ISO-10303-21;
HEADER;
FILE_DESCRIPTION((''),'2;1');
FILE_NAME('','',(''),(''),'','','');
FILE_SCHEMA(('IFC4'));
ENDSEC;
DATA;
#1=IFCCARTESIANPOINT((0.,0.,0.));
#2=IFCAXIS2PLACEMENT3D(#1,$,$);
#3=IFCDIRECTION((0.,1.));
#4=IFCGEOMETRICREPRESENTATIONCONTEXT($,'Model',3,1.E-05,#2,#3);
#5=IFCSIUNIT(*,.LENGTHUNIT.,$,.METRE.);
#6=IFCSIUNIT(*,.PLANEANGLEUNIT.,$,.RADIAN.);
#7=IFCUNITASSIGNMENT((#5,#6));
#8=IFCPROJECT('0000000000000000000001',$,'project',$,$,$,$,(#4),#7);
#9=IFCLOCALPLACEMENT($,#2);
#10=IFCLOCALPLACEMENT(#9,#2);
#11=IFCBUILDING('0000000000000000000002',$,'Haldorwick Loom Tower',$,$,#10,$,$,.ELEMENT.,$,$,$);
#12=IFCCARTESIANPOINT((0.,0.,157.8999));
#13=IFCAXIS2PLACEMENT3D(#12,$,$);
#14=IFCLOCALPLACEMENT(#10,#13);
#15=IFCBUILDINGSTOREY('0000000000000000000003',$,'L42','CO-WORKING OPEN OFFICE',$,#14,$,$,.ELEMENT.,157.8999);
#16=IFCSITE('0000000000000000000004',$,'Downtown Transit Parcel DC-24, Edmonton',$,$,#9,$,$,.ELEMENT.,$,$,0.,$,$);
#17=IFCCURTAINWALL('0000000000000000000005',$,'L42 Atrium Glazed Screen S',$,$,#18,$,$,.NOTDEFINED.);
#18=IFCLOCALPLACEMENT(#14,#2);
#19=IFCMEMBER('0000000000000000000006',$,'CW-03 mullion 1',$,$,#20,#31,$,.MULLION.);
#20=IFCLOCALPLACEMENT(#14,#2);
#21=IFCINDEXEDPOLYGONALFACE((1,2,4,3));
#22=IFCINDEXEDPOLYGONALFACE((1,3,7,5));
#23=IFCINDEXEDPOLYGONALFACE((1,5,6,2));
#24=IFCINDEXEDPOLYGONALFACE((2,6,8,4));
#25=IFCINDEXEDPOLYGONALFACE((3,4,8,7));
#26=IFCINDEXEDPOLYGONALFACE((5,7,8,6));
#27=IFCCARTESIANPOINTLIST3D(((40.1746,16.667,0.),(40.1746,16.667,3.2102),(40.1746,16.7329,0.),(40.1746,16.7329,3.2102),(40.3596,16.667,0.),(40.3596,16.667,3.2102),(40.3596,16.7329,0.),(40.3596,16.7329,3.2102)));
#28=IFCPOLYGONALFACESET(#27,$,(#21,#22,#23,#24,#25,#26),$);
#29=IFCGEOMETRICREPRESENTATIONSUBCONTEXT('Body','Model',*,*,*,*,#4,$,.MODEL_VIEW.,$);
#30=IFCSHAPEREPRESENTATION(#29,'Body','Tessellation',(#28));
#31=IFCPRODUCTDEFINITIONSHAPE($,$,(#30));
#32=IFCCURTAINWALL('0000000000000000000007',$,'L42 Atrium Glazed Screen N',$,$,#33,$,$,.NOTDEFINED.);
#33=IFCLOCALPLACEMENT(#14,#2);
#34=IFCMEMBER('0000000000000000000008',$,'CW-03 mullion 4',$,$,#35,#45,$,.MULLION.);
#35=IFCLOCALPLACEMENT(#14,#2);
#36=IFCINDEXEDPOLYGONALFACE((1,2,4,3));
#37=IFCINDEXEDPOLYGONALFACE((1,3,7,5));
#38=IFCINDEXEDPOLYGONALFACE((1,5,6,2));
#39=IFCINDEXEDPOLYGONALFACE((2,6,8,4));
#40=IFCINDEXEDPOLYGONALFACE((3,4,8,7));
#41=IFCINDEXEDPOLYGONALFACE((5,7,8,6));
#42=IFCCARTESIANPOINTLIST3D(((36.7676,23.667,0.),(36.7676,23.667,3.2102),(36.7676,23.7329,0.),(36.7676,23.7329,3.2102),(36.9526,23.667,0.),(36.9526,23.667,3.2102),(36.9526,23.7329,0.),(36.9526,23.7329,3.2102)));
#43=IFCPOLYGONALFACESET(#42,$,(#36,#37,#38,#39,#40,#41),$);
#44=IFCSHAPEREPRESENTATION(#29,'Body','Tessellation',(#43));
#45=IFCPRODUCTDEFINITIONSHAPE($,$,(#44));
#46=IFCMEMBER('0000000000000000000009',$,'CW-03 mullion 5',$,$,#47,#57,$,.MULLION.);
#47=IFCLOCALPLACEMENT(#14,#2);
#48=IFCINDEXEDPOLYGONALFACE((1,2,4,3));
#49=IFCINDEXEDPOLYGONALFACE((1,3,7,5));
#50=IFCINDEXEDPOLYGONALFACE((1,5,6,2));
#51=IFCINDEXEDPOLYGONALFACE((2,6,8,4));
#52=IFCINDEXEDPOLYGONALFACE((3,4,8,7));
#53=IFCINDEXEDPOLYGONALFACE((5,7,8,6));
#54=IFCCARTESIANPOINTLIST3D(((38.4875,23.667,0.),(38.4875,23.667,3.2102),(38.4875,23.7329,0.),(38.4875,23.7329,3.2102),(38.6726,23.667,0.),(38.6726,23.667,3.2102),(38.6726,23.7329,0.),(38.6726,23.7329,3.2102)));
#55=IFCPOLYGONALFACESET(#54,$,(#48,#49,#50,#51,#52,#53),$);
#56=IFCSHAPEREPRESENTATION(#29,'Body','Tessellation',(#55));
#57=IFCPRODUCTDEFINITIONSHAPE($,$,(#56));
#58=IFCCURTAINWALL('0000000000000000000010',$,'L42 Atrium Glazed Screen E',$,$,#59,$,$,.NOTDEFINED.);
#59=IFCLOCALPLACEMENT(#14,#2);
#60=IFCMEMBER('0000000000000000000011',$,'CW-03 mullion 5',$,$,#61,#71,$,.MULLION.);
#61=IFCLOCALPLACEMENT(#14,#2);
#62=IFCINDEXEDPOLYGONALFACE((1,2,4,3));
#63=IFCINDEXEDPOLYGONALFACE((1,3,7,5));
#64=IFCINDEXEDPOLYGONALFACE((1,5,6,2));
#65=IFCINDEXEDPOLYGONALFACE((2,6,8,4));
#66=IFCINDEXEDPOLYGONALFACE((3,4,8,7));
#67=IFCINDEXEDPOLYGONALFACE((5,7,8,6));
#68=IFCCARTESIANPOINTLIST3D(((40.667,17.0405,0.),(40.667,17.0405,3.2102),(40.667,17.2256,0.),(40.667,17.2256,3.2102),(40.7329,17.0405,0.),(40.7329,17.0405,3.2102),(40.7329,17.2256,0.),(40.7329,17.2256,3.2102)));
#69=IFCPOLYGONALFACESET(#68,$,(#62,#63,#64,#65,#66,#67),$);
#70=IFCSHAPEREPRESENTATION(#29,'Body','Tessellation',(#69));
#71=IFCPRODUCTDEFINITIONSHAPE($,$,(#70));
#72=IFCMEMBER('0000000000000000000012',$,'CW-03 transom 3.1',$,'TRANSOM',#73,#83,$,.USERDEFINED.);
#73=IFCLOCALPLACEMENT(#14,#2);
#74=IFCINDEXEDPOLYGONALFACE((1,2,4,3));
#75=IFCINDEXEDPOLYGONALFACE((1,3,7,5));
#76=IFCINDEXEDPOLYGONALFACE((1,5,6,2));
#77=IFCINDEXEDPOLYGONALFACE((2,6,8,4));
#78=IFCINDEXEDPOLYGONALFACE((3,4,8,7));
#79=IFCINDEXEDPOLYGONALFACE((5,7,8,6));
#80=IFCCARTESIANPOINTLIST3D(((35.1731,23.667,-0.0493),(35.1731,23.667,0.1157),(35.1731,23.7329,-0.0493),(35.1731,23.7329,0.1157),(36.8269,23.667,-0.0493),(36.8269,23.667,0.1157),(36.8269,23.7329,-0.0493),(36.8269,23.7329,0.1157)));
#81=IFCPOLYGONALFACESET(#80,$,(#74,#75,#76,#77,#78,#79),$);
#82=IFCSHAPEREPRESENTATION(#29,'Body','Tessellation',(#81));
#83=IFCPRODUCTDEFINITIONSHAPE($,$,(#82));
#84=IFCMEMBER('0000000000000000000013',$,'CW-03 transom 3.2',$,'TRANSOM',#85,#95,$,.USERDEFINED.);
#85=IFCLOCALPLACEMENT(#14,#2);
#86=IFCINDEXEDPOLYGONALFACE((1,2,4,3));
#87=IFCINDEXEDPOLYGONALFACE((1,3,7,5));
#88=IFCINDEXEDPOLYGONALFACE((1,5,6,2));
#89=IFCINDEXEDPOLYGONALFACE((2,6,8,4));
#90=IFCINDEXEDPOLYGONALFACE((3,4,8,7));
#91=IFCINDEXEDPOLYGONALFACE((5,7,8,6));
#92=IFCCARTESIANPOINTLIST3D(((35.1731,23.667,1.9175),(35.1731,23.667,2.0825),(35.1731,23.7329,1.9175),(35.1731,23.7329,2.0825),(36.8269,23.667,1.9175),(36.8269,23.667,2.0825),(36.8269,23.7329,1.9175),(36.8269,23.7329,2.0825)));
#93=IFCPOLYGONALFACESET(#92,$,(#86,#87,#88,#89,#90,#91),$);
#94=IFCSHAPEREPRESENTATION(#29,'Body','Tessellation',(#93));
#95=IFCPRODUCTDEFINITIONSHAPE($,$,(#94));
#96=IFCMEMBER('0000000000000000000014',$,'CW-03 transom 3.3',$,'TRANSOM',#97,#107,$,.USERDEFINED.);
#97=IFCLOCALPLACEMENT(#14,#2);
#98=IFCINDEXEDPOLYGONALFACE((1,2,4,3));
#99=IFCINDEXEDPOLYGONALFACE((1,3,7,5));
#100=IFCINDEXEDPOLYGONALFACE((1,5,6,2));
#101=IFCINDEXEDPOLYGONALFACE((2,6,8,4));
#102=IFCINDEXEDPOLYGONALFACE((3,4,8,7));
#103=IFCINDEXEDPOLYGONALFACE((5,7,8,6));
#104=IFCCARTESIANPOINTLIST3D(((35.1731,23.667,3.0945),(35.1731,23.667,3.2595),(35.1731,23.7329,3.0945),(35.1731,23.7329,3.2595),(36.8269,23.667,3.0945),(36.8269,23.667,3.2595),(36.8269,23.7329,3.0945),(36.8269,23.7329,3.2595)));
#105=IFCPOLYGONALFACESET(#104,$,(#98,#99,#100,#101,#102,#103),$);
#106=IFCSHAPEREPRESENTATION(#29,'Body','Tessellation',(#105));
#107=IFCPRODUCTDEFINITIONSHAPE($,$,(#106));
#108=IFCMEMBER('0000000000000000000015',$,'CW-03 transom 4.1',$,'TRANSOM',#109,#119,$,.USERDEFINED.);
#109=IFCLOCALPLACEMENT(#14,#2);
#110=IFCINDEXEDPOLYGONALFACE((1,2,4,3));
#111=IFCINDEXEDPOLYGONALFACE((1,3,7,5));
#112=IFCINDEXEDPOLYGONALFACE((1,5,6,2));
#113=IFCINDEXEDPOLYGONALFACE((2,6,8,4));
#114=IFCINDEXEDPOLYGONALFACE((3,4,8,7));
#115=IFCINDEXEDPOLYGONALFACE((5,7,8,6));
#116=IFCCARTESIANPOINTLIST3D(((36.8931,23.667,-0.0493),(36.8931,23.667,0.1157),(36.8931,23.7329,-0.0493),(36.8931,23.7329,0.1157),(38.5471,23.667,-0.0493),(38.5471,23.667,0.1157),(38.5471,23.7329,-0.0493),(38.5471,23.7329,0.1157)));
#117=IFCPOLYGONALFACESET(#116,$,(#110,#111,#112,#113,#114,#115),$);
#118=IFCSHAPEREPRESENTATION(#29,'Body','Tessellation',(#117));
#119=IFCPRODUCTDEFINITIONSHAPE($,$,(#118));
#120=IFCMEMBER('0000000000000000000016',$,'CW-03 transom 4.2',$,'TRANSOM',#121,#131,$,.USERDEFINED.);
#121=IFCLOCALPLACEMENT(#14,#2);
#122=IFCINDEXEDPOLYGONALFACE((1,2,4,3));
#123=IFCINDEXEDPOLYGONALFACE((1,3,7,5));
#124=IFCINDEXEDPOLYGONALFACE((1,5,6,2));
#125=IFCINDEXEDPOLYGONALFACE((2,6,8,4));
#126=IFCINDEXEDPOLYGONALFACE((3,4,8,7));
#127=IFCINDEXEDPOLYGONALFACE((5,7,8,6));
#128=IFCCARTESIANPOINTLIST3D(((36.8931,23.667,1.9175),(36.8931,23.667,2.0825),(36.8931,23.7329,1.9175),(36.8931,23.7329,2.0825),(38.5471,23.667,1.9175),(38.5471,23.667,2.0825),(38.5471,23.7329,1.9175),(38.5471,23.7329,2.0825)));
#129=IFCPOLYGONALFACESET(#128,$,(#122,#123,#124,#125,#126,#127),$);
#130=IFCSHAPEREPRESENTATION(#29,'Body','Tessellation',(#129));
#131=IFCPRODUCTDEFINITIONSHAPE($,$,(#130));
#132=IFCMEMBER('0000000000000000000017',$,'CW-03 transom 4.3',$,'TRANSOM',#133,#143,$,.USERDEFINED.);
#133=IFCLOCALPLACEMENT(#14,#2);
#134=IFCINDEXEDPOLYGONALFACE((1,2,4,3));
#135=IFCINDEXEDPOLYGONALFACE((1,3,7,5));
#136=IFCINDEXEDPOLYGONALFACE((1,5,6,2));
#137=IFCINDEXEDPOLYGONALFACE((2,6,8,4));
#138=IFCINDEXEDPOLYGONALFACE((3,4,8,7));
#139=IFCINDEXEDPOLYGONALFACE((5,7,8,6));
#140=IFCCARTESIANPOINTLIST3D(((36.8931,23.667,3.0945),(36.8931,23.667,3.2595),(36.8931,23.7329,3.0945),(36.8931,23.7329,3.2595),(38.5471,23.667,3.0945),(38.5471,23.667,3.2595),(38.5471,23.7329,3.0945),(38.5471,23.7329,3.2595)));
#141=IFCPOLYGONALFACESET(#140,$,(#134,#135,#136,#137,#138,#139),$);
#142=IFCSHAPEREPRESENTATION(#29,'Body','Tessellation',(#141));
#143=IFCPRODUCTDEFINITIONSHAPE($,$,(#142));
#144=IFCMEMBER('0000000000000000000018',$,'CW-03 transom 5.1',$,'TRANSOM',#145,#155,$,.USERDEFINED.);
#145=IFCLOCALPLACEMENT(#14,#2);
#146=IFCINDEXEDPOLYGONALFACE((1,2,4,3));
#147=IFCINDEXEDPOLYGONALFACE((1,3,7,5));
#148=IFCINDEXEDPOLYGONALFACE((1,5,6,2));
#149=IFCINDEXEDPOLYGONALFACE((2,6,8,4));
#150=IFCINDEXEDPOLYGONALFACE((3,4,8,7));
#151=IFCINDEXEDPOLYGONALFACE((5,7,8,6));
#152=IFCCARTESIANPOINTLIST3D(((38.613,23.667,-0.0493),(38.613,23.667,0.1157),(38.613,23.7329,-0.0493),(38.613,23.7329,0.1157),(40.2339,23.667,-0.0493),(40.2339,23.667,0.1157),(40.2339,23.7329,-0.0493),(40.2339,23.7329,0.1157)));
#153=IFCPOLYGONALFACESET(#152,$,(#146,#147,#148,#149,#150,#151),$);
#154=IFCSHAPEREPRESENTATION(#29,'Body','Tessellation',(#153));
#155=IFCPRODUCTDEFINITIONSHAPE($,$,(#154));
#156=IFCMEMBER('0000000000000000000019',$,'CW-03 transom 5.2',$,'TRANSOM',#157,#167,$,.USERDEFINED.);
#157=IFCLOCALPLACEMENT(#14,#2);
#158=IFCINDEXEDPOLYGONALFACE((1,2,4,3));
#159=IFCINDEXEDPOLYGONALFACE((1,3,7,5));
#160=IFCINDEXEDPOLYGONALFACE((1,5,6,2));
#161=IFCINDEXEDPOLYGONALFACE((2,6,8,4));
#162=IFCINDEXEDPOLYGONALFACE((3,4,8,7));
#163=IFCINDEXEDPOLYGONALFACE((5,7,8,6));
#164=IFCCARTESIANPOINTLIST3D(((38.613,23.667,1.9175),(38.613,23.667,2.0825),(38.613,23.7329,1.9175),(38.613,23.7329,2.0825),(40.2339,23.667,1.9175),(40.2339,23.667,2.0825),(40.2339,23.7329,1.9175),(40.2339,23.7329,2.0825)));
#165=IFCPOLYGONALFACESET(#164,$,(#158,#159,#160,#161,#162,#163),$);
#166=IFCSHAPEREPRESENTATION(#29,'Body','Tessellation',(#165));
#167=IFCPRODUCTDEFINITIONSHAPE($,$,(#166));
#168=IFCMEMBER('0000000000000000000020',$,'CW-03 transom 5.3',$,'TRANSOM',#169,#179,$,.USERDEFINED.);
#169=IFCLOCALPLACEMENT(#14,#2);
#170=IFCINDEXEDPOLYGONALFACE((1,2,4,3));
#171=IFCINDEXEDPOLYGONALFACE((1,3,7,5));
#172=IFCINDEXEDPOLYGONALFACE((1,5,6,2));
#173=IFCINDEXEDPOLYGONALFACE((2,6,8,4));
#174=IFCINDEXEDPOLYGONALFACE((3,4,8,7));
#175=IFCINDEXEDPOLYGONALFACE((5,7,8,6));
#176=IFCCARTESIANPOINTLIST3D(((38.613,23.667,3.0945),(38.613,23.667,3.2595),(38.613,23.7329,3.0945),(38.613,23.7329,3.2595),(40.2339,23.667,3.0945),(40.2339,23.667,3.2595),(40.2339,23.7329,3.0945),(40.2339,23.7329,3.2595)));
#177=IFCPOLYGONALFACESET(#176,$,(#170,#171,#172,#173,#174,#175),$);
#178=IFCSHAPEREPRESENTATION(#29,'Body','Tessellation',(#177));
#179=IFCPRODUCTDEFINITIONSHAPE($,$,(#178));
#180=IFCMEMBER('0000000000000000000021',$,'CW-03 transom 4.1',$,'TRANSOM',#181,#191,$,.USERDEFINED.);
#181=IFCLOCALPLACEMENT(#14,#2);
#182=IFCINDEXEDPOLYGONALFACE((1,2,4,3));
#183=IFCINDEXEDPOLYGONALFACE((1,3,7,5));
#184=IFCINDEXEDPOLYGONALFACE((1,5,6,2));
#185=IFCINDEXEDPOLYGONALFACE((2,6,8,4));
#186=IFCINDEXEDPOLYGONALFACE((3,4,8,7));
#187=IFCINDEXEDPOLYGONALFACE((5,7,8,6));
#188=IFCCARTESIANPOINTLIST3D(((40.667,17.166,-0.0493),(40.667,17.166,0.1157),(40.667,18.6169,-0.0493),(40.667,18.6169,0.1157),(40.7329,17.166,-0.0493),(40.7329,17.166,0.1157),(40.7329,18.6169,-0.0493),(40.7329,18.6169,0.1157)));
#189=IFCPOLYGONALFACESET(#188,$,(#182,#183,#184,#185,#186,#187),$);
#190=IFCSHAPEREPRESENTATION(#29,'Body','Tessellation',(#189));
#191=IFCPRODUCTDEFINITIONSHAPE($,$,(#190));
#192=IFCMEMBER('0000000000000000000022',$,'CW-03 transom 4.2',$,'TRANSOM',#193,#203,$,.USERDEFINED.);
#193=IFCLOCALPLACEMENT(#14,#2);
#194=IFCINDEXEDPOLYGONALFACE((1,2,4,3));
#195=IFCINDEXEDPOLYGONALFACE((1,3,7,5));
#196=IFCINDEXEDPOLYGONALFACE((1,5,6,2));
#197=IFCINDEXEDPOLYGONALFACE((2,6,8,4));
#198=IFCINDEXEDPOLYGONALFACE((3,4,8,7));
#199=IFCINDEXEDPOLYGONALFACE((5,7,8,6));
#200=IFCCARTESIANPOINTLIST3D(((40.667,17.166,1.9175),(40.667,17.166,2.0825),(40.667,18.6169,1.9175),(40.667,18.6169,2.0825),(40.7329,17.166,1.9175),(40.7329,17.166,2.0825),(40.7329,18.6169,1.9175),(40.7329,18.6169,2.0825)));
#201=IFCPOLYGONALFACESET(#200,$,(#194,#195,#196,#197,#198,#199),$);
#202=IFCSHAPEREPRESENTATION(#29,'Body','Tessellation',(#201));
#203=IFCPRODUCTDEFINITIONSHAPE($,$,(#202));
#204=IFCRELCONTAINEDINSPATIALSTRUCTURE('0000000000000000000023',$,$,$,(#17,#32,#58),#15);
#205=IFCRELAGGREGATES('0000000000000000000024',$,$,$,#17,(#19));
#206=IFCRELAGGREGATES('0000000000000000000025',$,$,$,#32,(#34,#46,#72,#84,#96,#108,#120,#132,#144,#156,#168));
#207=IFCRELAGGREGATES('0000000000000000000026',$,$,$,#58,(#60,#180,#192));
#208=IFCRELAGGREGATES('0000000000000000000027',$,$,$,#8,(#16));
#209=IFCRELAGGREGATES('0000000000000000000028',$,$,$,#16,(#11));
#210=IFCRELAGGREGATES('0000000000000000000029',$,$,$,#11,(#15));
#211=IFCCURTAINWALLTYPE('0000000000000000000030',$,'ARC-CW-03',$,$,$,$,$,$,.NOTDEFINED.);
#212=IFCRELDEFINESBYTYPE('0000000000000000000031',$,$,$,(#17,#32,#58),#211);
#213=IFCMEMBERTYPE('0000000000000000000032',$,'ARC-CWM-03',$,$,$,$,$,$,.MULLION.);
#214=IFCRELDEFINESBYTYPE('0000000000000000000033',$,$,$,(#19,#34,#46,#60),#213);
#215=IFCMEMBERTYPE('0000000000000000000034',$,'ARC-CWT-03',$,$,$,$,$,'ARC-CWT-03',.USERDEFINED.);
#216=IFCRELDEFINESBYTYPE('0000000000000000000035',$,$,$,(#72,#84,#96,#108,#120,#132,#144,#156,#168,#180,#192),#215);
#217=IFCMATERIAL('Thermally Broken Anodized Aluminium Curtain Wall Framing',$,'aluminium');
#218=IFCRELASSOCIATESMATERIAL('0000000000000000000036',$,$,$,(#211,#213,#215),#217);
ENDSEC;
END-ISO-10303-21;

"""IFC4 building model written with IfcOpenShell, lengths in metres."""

from ifc_helpers import new_model, si_unit, direction, frame, origin, origin_2d, place, context, subcontext, project, spatial, rectangle, extrude, material, material_profile, profile_set, type_object, element, aggregate, save


model = new_model("IFC4")

# Units and contexts
model_context = context("Model", 3, precision=1e-05, world=origin(), true_north=direction((0.0, 1.0)))
body_context = subcontext(model_context, "Body", "Model", "MODEL_VIEW")
ifc_project = project(units=[si_unit("LENGTHUNIT", "METRE"), si_unit("PLANEANGLEUNIT", "RADIAN")], contexts=[model_context])

# Site, building, storey
site_placement = place(None, origin())
site = spatial("IfcSite", under=ifc_project, at=site_placement, Name="Downtown Transit Parcel DC-24, Edmonton", CompositionType="ELEMENT", RefElevation=0.0)
building_placement = place(site_placement, origin())
building = spatial("IfcBuilding", under=site, at=building_placement, Name="Haldorwick Loom Tower", CompositionType="ELEMENT")
storey_placement = place(building_placement, frame((0.0, 0.0, 157.8999)))
storey = spatial("IfcBuildingStorey", under=building, at=storey_placement, Name="L42", Description="CO-WORKING OPEN OFFICE", CompositionType="ELEMENT", Elevation=157.8999)

# Curtain wall, member
ifc_material_1 = material(Name="Thermally Broken Anodized Aluminium Curtain Wall Framing", Category="aluminium")
curtain_wall_type = type_object("IfcCurtainWallType", Name="ARC-CW-03", PredefinedType="NOTDEFINED", material=ifc_material_1)
curtain_wall_1_placement = place(storey_placement, origin())
curtain_wall_1 = element("IfcCurtainWall", 1, at=curtain_wall_1_placement, inside=storey, type_object=curtain_wall_type, Name="L42 Atrium Glazed Screen S", PredefinedType="NOTDEFINED")
ifc_material_profile_1 = material_profile(ifc_material_1, rectangle(XDim=0.0659, YDim=0.1851, at=origin_2d()), Name="ALU_MUL_66X185", Category="aluminium")
ifc_profile_set_1 = profile_set([ifc_material_profile_1], Name="Thermally Broken Anodized Aluminium Curtain Wall Framing")
member_type_1 = type_object("IfcMemberType", Name="ARC-CWM-03", PredefinedType="MULLION", material=ifc_profile_set_1)
member_1_placement = place(storey_placement, frame((40.2671, 16.7, 0.0), z_axis=(0.0, 0.0, 1.0), x_axis=(0.0, -1.0, 0.0)))
member_1 = element("IfcMember", 2, at=member_1_placement, type_object=member_type_1, Name="CW-03 mullion 1", PredefinedType="MULLION", context=body_context, shape_type="SweptSolid", body=[
    extrude(rectangle(XDim=0.0659, YDim=0.1851, at=origin_2d()), origin(), (0.0, 0.0, 1.0), 3.2102),
])
aggregate(curtain_wall_1, [member_1])

# Curtain wall, members
curtain_wall_2_placement = place(storey_placement, origin())
curtain_wall_2 = element("IfcCurtainWall", 3, at=curtain_wall_2_placement, inside=storey, type_object=curtain_wall_type, Name="L42 Atrium Glazed Screen N", PredefinedType="NOTDEFINED")
member_2_placement = place(storey_placement, frame((36.8601, 23.7, 0.0), z_axis=(0.0, 0.0, 1.0), x_axis=(0.0, 1.0, 0.0)))
member_2 = element("IfcMember", 4, at=member_2_placement, type_object=member_type_1, Name="CW-03 mullion 4", PredefinedType="MULLION", context=body_context, shape_type="SweptSolid", body=[
    extrude(rectangle(XDim=0.0659, YDim=0.1851, at=origin_2d()), origin(), (0.0, 0.0, 1.0), 3.2102),
])
member_3_placement = place(storey_placement, frame((38.5801, 23.7, 0.0), z_axis=(0.0, 0.0, 1.0), x_axis=(0.0, 1.0, 0.0)))
member_3 = element("IfcMember", 5, at=member_3_placement, type_object=member_type_1, Name="CW-03 mullion 5", PredefinedType="MULLION", context=body_context, shape_type="SweptSolid", body=[
    extrude(rectangle(XDim=0.0659, YDim=0.1851, at=origin_2d()), origin(), (0.0, 0.0, 1.0), 3.2102),
])

# Curtain wall, member
curtain_wall_3_placement = place(storey_placement, origin())
curtain_wall_3 = element("IfcCurtainWall", 6, at=curtain_wall_3_placement, inside=storey, type_object=curtain_wall_type, Name="L42 Atrium Glazed Screen E", PredefinedType="NOTDEFINED")
member_4_placement = place(storey_placement, frame((40.7, 17.1331, 0.0), z_axis=(0.0, 0.0, 1.0), x_axis=(1.0, 0.0, 0.0)))
member_4 = element("IfcMember", 7, at=member_4_placement, type_object=member_type_1, Name="CW-03 mullion 5", PredefinedType="MULLION", context=body_context, shape_type="SweptSolid", body=[
    extrude(rectangle(XDim=0.0659, YDim=0.1851, at=origin_2d()), origin(), (0.0, 0.0, 1.0), 3.2102),
])

# Members
ifc_material_profile_2 = material_profile(ifc_material_1, rectangle(XDim=0.0659, YDim=0.165, at=origin_2d()), Name="ALU_TRN_66X165", Category="aluminium")
ifc_profile_set_2 = profile_set([ifc_material_profile_2], Name="Thermally Broken Anodized Aluminium Curtain Wall Framing")
member_type_2 = type_object("IfcMemberType", Name="ARC-CWT-03", ElementType="ARC-CWT-03", PredefinedType="USERDEFINED", material=ifc_profile_set_2)
member_5_placement = place(storey_placement, frame((35.1731, 23.7, 0.0332), z_axis=(1.0, 0.0, 0.0), x_axis=(0.0, 1.0, 0.0)))
member_5 = element("IfcMember", 8, at=member_5_placement, type_object=member_type_2, Name="CW-03 transom 3.1", ObjectType="TRANSOM", PredefinedType="USERDEFINED", context=body_context, shape_type="SweptSolid", body=[
    extrude(rectangle(XDim=0.0659, YDim=0.165, at=origin_2d()), origin(), (0.0, 0.0, 1.0), 1.6538),
])
member_6_placement = place(storey_placement, frame((35.1731, 23.7, 2.0), z_axis=(1.0, 0.0, 0.0), x_axis=(0.0, 1.0, 0.0)))
member_6 = element("IfcMember", 9, at=member_6_placement, type_object=member_type_2, Name="CW-03 transom 3.2", ObjectType="TRANSOM", PredefinedType="USERDEFINED", context=body_context, shape_type="SweptSolid", body=[
    extrude(rectangle(XDim=0.0659, YDim=0.165, at=origin_2d()), origin(), (0.0, 0.0, 1.0), 1.6538),
])
member_7_placement = place(storey_placement, frame((35.1731, 23.7, 3.177), z_axis=(1.0, 0.0, 0.0), x_axis=(0.0, 1.0, 0.0)))
member_7 = element("IfcMember", 10, at=member_7_placement, type_object=member_type_2, Name="CW-03 transom 3.3", ObjectType="TRANSOM", PredefinedType="USERDEFINED", context=body_context, shape_type="SweptSolid", body=[
    extrude(rectangle(XDim=0.0659, YDim=0.165, at=origin_2d()), origin(), (0.0, 0.0, 1.0), 1.6538),
])
member_8_placement = place(storey_placement, frame((36.8931, 23.7, 0.0332), z_axis=(1.0, 0.0, 0.0), x_axis=(0.0, 1.0, 0.0)))
member_8 = element("IfcMember", 11, at=member_8_placement, type_object=member_type_2, Name="CW-03 transom 4.1", ObjectType="TRANSOM", PredefinedType="USERDEFINED", context=body_context, shape_type="SweptSolid", body=[
    extrude(rectangle(XDim=0.0659, YDim=0.165, at=origin_2d()), origin(), (0.0, 0.0, 1.0), 1.6541),
])
member_9_placement = place(storey_placement, frame((36.8931, 23.7, 2.0), z_axis=(1.0, 0.0, 0.0), x_axis=(0.0, 1.0, 0.0)))
member_9 = element("IfcMember", 12, at=member_9_placement, type_object=member_type_2, Name="CW-03 transom 4.2", ObjectType="TRANSOM", PredefinedType="USERDEFINED", context=body_context, shape_type="SweptSolid", body=[
    extrude(rectangle(XDim=0.0659, YDim=0.165, at=origin_2d()), origin(), (0.0, 0.0, 1.0), 1.6541),
])
member_10_placement = place(storey_placement, frame((36.8931, 23.7, 3.177), z_axis=(1.0, 0.0, 0.0), x_axis=(0.0, 1.0, 0.0)))
member_10 = element("IfcMember", 13, at=member_10_placement, type_object=member_type_2, Name="CW-03 transom 4.3", ObjectType="TRANSOM", PredefinedType="USERDEFINED", context=body_context, shape_type="SweptSolid", body=[
    extrude(rectangle(XDim=0.0659, YDim=0.165, at=origin_2d()), origin(), (0.0, 0.0, 1.0), 1.6541),
])
member_11_placement = place(storey_placement, frame((38.613, 23.7, 0.0332), z_axis=(1.0, 0.0, 0.0), x_axis=(0.0, 1.0, 0.0)))
member_11 = element("IfcMember", 14, at=member_11_placement, type_object=member_type_2, Name="CW-03 transom 5.1", ObjectType="TRANSOM", PredefinedType="USERDEFINED", context=body_context, shape_type="SweptSolid", body=[
    extrude(rectangle(XDim=0.0659, YDim=0.165, at=origin_2d()), origin(), (0.0, 0.0, 1.0), 1.6208),
])
member_12_placement = place(storey_placement, frame((38.613, 23.7, 2.0), z_axis=(1.0, 0.0, 0.0), x_axis=(0.0, 1.0, 0.0)))
member_12 = element("IfcMember", 15, at=member_12_placement, type_object=member_type_2, Name="CW-03 transom 5.2", ObjectType="TRANSOM", PredefinedType="USERDEFINED", context=body_context, shape_type="SweptSolid", body=[
    extrude(rectangle(XDim=0.0659, YDim=0.165, at=origin_2d()), origin(), (0.0, 0.0, 1.0), 1.6208),
])
member_13_placement = place(storey_placement, frame((38.613, 23.7, 3.177), z_axis=(1.0, 0.0, 0.0), x_axis=(0.0, 1.0, 0.0)))
member_13 = element("IfcMember", 16, at=member_13_placement, type_object=member_type_2, Name="CW-03 transom 5.3", ObjectType="TRANSOM", PredefinedType="USERDEFINED", context=body_context, shape_type="SweptSolid", body=[
    extrude(rectangle(XDim=0.0659, YDim=0.165, at=origin_2d()), origin(), (0.0, 0.0, 1.0), 1.6208),
])
member_14_placement = place(storey_placement, frame((40.7, 18.6169, 0.0332), z_axis=(0.0, -1.0, 0.0), x_axis=(1.0, 0.0, 0.0)))
member_14 = element("IfcMember", 17, at=member_14_placement, type_object=member_type_2, Name="CW-03 transom 4.1", ObjectType="TRANSOM", PredefinedType="USERDEFINED", context=body_context, shape_type="SweptSolid", body=[
    extrude(rectangle(XDim=0.0659, YDim=0.165, at=origin_2d()), origin(), (0.0, 0.0, 1.0), 1.4509),
])
member_15_placement = place(storey_placement, frame((40.7, 18.6169, 2.0), z_axis=(0.0, -1.0, 0.0), x_axis=(1.0, 0.0, 0.0)))
member_15 = element("IfcMember", 18, at=member_15_placement, type_object=member_type_2, Name="CW-03 transom 4.2", ObjectType="TRANSOM", PredefinedType="USERDEFINED", context=body_context, shape_type="SweptSolid", body=[
    extrude(rectangle(XDim=0.0659, YDim=0.165, at=origin_2d()), origin(), (0.0, 0.0, 1.0), 1.4509),
])

aggregate(curtain_wall_2, [member_2, member_3, member_5, member_6, member_7, member_8, member_9, member_10, member_11, member_12, member_13])
aggregate(curtain_wall_3, [member_4, member_14, member_15])

save(model, "model.ifc")
